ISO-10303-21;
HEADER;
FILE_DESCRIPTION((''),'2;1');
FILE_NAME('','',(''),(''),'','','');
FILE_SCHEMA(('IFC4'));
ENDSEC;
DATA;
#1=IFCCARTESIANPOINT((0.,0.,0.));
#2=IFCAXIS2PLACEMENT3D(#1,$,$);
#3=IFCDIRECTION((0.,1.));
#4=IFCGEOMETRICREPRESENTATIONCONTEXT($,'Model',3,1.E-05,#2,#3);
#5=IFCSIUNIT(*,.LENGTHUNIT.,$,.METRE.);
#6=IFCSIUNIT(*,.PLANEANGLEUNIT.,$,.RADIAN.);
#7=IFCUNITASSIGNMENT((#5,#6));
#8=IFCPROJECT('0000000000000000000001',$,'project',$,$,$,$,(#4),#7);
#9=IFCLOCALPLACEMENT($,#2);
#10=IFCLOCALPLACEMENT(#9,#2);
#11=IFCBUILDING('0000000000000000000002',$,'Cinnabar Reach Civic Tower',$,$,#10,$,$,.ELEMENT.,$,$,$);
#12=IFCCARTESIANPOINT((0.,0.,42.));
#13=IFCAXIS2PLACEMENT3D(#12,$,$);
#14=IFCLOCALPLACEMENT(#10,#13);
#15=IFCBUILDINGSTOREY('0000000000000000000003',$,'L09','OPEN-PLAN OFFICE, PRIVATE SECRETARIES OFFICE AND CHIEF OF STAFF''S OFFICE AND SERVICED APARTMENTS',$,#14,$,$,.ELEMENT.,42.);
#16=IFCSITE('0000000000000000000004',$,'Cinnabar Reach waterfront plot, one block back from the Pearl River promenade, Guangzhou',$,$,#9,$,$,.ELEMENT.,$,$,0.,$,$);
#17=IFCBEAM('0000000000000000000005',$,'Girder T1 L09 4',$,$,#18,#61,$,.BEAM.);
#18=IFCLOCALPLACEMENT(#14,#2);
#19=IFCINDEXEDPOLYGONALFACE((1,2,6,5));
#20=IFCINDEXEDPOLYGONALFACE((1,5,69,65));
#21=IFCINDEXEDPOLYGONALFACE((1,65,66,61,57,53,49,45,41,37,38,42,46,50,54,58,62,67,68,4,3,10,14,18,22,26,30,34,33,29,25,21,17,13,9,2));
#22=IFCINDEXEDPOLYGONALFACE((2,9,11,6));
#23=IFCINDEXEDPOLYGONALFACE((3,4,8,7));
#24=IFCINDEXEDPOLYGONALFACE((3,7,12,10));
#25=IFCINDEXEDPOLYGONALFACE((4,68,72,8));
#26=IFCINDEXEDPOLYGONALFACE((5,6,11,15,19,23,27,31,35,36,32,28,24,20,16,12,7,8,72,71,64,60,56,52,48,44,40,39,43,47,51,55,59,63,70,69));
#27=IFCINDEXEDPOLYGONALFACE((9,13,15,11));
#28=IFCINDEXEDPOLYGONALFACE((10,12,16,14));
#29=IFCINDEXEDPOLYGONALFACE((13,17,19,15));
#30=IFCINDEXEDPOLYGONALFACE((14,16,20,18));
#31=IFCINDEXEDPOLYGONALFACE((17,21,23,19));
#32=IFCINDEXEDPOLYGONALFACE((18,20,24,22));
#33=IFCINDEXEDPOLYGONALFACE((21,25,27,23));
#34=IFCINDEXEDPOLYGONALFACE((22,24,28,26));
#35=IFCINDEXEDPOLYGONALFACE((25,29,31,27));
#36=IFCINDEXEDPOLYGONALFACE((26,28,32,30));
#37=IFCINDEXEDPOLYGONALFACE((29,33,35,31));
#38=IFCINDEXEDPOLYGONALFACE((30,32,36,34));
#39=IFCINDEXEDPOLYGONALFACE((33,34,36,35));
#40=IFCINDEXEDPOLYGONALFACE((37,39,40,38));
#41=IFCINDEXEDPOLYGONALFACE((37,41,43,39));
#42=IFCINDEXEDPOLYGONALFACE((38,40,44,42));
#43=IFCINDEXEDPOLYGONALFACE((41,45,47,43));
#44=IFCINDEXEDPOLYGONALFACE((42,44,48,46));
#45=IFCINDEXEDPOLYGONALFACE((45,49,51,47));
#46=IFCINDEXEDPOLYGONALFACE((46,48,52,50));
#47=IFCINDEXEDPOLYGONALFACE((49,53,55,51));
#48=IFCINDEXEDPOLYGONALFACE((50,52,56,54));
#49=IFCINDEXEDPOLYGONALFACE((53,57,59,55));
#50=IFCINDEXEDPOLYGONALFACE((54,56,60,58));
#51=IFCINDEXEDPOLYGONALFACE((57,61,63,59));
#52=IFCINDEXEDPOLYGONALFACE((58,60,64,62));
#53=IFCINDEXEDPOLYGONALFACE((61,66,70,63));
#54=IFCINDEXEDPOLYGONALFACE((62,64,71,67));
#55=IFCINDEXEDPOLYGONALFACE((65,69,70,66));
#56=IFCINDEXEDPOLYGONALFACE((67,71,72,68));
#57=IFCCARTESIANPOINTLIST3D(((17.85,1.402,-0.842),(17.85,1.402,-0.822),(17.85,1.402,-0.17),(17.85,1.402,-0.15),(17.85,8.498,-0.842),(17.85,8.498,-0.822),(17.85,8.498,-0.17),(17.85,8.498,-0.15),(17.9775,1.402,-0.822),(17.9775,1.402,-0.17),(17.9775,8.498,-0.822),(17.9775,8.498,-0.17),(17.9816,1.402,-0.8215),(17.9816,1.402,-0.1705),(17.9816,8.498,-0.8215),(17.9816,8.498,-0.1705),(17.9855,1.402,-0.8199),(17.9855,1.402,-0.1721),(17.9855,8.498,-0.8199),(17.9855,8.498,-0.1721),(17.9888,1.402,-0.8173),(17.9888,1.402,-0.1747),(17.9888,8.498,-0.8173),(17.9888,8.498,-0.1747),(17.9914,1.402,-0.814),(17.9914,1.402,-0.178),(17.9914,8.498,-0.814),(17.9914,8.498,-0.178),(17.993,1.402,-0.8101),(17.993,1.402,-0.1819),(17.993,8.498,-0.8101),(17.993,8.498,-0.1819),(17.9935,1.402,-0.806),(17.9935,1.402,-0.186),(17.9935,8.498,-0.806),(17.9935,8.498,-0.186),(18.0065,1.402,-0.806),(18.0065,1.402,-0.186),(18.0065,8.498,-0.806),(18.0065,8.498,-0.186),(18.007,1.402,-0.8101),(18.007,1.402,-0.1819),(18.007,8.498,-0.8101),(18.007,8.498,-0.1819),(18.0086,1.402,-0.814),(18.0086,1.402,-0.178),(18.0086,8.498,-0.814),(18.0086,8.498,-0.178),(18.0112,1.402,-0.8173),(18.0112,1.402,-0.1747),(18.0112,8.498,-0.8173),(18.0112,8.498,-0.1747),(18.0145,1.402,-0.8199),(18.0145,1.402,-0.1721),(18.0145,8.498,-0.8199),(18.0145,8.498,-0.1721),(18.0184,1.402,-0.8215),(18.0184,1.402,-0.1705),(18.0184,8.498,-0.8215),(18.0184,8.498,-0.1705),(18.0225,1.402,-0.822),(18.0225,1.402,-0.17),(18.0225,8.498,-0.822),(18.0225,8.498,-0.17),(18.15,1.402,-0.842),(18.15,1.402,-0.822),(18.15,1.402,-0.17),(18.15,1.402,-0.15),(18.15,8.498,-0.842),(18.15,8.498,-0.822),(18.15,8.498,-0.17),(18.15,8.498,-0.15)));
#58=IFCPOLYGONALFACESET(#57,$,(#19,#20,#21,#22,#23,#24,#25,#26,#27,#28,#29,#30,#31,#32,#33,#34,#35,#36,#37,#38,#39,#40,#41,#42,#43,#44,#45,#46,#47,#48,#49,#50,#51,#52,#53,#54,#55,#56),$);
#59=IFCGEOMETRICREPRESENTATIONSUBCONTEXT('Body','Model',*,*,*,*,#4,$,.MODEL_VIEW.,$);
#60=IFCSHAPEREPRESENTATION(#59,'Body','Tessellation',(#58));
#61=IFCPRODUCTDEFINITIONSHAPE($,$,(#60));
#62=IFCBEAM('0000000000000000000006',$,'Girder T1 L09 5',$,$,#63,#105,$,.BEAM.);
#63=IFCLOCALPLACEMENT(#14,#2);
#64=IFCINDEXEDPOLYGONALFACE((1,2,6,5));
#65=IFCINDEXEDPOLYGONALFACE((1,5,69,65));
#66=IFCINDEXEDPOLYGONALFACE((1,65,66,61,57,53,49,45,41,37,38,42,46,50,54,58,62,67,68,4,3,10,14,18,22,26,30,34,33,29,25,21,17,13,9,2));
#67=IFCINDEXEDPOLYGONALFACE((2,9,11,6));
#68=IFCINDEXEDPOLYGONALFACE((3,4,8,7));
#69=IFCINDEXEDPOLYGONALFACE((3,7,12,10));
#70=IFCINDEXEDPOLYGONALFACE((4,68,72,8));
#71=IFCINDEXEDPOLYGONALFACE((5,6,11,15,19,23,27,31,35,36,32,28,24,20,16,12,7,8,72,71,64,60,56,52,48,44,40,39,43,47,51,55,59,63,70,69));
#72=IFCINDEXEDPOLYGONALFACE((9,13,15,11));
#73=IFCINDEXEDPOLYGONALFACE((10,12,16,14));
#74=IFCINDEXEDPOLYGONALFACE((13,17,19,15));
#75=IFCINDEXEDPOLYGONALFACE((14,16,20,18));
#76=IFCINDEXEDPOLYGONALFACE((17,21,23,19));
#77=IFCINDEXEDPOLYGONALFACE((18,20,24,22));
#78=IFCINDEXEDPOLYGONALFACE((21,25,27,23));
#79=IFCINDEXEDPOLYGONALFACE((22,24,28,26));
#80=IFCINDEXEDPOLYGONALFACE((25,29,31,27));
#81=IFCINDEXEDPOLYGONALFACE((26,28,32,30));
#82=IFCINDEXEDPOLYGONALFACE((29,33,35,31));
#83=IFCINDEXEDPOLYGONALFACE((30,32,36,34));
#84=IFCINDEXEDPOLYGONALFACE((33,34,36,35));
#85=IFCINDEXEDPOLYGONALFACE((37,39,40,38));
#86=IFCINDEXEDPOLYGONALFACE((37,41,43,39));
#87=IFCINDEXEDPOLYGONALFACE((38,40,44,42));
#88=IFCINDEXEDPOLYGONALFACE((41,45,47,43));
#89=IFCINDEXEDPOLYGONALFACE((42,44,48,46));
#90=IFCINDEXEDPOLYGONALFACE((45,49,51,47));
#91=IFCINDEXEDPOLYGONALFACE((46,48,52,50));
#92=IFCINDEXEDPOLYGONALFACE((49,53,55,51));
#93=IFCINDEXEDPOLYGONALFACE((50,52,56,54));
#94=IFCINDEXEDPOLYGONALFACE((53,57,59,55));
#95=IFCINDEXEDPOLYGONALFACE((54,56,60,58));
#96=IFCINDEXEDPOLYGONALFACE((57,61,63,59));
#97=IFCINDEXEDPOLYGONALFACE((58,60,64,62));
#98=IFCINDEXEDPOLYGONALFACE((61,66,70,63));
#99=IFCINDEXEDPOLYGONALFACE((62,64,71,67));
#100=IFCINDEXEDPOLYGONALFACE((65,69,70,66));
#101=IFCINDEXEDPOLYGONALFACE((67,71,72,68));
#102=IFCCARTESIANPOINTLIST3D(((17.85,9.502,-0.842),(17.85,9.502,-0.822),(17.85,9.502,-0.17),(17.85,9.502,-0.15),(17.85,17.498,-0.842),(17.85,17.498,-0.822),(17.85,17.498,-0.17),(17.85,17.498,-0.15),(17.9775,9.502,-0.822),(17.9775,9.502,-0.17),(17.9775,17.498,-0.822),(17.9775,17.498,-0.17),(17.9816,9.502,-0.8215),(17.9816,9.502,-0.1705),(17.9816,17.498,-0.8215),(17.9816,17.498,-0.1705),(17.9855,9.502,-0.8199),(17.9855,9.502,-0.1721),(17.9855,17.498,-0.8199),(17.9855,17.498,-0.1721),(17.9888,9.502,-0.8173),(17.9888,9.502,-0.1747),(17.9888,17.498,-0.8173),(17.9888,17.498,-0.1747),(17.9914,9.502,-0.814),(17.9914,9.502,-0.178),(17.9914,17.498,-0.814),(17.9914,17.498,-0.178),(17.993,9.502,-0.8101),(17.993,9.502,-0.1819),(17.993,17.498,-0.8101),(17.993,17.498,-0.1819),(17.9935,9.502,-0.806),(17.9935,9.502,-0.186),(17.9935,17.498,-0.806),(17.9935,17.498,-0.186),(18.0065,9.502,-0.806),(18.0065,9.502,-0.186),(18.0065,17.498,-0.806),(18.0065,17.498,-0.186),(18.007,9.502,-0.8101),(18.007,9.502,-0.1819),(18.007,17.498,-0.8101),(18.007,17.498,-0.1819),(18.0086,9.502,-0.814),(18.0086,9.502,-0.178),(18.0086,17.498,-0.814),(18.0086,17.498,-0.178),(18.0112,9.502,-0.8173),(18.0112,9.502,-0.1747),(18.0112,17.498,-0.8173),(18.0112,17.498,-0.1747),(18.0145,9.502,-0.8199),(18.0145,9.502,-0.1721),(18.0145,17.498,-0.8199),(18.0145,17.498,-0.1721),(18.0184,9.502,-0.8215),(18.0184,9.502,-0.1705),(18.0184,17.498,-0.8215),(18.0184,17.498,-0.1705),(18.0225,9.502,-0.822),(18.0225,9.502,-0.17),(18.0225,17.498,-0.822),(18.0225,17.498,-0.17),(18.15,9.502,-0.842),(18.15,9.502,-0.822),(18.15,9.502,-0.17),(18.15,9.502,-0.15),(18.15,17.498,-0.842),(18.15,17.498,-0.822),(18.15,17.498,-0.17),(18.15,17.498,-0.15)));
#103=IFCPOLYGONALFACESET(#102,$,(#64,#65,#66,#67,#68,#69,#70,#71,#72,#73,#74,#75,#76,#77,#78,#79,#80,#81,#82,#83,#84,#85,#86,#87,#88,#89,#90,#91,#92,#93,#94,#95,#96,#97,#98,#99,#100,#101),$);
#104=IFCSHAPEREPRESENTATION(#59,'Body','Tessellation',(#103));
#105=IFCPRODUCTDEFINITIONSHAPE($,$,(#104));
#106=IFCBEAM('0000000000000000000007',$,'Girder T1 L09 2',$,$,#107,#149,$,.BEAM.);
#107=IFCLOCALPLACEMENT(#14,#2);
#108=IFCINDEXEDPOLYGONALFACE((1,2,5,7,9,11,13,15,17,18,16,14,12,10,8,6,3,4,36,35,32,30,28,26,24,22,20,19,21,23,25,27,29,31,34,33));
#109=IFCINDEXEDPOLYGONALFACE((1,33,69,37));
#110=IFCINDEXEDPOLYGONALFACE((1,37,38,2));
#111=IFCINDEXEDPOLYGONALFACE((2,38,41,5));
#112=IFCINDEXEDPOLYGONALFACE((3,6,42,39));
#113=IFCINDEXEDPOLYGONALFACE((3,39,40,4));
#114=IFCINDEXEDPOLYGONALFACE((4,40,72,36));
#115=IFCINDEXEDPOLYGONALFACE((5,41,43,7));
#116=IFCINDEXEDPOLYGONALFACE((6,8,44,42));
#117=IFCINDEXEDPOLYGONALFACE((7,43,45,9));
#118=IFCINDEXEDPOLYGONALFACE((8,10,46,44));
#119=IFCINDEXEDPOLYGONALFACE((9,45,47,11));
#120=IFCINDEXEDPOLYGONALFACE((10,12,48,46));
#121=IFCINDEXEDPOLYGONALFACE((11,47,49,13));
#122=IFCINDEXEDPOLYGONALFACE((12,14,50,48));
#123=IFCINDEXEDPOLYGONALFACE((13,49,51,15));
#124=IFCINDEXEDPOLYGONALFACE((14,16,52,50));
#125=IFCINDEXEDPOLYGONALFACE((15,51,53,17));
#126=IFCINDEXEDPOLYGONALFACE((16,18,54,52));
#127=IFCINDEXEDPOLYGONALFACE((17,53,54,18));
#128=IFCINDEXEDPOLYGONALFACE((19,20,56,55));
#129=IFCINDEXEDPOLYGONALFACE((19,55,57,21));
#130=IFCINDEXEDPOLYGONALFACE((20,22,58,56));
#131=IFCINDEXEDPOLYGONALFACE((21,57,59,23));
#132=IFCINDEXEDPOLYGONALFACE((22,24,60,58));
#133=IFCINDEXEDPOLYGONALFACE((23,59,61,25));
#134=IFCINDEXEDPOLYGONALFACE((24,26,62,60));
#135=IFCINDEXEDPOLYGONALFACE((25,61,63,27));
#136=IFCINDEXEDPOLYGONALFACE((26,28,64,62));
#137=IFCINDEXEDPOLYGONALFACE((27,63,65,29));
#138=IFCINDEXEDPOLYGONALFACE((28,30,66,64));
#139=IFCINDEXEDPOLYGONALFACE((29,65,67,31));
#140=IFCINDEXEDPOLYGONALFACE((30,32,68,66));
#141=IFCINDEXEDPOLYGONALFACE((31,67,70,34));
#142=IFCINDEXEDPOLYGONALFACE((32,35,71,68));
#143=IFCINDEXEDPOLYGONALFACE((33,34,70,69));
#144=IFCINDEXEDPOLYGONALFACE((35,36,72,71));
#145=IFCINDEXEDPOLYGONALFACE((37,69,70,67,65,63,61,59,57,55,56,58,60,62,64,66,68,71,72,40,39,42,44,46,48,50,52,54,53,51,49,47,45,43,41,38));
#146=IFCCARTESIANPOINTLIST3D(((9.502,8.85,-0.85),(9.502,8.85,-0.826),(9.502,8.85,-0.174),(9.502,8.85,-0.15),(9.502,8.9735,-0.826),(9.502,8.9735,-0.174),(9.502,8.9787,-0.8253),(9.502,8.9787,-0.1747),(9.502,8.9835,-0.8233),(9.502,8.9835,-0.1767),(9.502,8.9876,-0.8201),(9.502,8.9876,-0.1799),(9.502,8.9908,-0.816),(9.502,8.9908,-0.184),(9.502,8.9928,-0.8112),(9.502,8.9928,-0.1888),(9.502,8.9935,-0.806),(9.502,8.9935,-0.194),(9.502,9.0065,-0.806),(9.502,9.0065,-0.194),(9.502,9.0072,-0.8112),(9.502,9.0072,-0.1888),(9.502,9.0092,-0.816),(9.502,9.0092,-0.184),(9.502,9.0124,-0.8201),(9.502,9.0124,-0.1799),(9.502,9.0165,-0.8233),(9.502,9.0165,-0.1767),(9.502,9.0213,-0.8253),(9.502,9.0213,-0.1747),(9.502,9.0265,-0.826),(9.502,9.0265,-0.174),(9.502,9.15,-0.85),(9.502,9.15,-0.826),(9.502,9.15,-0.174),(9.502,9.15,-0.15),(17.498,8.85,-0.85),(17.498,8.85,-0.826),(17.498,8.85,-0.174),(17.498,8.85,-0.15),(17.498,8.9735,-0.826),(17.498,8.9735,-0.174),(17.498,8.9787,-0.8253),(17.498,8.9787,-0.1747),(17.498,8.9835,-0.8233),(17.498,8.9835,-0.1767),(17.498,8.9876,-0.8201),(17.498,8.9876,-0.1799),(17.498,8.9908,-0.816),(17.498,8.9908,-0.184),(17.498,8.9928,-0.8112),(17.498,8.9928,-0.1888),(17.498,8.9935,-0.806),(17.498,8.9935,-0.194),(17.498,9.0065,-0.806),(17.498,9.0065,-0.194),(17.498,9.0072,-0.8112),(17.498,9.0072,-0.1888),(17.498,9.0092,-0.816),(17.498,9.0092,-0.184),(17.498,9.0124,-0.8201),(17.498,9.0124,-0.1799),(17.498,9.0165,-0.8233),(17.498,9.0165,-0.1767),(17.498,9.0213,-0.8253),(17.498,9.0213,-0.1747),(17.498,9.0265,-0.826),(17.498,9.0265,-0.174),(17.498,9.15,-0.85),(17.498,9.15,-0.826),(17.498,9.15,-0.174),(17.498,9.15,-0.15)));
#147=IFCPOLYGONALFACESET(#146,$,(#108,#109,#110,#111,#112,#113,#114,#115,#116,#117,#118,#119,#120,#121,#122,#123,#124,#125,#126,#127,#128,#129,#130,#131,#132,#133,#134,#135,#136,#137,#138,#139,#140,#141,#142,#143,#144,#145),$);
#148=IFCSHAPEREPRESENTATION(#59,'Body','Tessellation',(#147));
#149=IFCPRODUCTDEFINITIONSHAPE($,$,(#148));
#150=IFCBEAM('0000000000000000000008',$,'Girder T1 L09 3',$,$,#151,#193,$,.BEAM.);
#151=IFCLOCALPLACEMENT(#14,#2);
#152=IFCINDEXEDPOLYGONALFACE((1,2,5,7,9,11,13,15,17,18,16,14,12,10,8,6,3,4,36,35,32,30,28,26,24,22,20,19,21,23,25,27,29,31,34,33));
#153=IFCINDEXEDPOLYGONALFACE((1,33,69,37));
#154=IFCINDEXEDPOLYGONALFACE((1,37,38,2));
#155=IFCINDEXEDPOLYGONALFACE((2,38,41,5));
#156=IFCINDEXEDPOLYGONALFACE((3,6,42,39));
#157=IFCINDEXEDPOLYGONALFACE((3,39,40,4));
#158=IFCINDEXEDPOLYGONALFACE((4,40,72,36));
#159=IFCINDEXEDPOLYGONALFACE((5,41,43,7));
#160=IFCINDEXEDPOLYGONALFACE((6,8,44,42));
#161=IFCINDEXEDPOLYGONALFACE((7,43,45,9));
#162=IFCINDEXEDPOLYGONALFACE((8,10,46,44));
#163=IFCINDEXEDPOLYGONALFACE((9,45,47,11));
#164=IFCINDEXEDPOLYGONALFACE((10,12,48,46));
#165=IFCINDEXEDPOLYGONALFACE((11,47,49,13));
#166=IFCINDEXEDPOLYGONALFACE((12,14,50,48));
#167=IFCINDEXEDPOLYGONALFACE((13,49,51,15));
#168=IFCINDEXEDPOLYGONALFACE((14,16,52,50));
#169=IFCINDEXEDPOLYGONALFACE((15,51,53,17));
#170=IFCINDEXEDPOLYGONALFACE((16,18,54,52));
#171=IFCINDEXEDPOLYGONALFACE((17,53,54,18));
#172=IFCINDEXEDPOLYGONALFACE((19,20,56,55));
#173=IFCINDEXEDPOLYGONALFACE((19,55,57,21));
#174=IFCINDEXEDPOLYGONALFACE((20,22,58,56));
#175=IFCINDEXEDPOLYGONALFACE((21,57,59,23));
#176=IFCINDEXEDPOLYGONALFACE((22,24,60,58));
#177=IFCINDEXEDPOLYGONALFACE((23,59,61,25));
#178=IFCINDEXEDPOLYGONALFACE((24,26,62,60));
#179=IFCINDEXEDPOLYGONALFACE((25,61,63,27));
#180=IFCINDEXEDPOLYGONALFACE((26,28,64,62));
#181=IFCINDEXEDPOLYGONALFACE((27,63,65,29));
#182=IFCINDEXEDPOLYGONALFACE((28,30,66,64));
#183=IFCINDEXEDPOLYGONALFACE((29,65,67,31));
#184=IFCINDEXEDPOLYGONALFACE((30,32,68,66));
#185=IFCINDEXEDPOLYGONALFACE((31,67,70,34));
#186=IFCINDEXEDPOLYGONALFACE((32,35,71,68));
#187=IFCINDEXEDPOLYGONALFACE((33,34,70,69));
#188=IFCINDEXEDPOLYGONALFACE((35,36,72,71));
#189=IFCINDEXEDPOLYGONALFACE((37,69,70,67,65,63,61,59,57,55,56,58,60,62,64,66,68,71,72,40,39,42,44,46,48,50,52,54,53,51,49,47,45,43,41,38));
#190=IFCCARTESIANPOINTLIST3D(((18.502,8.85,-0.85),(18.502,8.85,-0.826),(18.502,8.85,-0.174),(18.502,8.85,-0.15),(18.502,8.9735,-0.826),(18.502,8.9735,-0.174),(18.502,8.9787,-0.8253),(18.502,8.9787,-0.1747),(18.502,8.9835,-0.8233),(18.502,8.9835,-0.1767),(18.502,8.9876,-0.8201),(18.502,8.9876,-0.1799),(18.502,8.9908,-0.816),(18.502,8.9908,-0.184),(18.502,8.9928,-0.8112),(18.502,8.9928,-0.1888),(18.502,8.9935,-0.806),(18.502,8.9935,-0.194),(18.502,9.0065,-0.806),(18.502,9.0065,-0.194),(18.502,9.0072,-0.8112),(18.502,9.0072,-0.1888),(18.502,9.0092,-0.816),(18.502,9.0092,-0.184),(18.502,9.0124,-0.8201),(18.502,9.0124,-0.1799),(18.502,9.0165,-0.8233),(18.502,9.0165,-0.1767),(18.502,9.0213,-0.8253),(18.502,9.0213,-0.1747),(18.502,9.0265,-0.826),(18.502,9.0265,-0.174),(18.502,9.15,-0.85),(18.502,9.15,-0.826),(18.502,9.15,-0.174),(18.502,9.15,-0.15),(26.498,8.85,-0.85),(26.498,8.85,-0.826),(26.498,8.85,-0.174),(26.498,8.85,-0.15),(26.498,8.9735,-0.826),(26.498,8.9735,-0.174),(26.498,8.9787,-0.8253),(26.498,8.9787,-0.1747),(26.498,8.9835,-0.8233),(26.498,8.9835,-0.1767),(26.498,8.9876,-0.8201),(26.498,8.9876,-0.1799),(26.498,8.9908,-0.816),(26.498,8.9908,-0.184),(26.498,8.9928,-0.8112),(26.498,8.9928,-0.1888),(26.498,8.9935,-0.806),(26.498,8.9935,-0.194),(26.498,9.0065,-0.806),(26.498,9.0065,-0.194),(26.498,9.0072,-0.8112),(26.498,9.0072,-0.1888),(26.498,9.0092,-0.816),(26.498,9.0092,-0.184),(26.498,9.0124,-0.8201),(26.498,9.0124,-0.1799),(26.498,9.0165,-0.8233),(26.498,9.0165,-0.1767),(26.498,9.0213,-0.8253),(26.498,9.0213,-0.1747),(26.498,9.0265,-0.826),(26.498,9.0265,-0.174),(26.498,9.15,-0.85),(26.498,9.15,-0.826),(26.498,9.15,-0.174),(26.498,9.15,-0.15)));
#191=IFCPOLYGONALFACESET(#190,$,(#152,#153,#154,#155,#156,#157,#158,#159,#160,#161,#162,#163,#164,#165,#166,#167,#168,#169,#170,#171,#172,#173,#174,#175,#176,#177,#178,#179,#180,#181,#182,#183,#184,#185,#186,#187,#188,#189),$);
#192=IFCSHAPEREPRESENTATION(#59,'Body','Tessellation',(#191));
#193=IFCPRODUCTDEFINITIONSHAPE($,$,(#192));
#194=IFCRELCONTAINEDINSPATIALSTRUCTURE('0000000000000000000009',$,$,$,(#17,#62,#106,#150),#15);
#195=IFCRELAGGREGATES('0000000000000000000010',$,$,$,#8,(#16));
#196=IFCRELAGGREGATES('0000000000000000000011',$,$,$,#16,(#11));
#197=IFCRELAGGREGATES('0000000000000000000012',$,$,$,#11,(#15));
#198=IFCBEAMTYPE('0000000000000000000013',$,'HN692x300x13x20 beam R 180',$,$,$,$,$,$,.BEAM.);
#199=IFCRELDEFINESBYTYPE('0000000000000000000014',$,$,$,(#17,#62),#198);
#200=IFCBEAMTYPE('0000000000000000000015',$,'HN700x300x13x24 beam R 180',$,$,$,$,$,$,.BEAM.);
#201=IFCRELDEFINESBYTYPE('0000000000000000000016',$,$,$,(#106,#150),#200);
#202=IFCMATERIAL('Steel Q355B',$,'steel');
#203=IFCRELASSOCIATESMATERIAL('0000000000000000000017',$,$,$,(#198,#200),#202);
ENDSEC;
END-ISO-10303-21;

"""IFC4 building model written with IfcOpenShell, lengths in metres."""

from ifc_helpers import new_model, si_unit, direction, frame, origin, origin_2d, place, context, subcontext, project, spatial, i_section, extrude, material, material_profile, profile_set, type_object, element, save


model = new_model("IFC4")

# Units and contexts
model_context = context("Model", 3, precision=1e-05, world=origin(), true_north=direction((0.0, 1.0)))
body_context = subcontext(model_context, "Body", "Model", "MODEL_VIEW")
ifc_project = project(units=[si_unit("LENGTHUNIT", "METRE"), si_unit("PLANEANGLEUNIT", "RADIAN")], contexts=[model_context])

# Site, building, storey
site_placement = place(None, origin())
site = spatial("IfcSite", under=ifc_project, at=site_placement, Name="Cinnabar Reach waterfront plot, one block back from the Pearl River promenade, Guangzhou", CompositionType="ELEMENT", RefElevation=0.0)
building_placement = place(site_placement, origin())
building = spatial("IfcBuilding", under=site, at=building_placement, Name="Cinnabar Reach Civic Tower", CompositionType="ELEMENT")
storey_placement = place(building_placement, frame((0.0, 0.0, 42.0)))
storey = spatial("IfcBuildingStorey", under=building, at=storey_placement, Name="L09", Description="OPEN-PLAN OFFICE, PRIVATE SECRETARIES OFFICE AND CHIEF OF STAFF'S OFFICE AND SERVICED APARTMENTS", CompositionType="ELEMENT", Elevation=42.0)

# Beams
ifc_material_1 = material(Name="Steel Q355B", Category="steel")
ifc_material_profile_1 = material_profile(ifc_material_1, i_section(OverallWidth=0.3, OverallDepth=0.692, WebThickness=0.013, FlangeThickness=0.02, FilletRadius=0.016, at=origin_2d()), Name="HN692x300x13x20")
ifc_profile_set_1 = profile_set([ifc_material_profile_1], Name="Steel Q355B")
beam_type_1 = type_object("IfcBeamType", Name="HN692x300x13x20 beam R 180", PredefinedType="BEAM", material=ifc_profile_set_1)
beam_1_placement = place(storey_placement, frame((18.0, 1.402, -0.496), z_axis=(0.0, 1.0, 0.0), x_axis=(-1.0, 0.0, 0.0)))
element("IfcBeam", 1, at=beam_1_placement, inside=storey, type_object=beam_type_1, Name="Girder T1 L09 4", PredefinedType="BEAM", context=body_context, shape_type="SweptSolid", body=[
    extrude(i_section(OverallWidth=0.3, OverallDepth=0.692, WebThickness=0.013, FlangeThickness=0.02, FilletRadius=0.016, at=origin_2d()), origin(), (0.0, 0.0, 1.0), 7.096),
])
beam_2_placement = place(storey_placement, frame((18.0, 9.502, -0.496), z_axis=(0.0, 1.0, 0.0), x_axis=(-1.0, 0.0, 0.0)))
element("IfcBeam", 2, at=beam_2_placement, inside=storey, type_object=beam_type_1, Name="Girder T1 L09 5", PredefinedType="BEAM", context=body_context, shape_type="SweptSolid", body=[
    extrude(i_section(OverallWidth=0.3, OverallDepth=0.692, WebThickness=0.013, FlangeThickness=0.02, FilletRadius=0.016, at=origin_2d()), origin(), (0.0, 0.0, 1.0), 7.996),
])
ifc_material_profile_2 = material_profile(ifc_material_1, i_section(OverallWidth=0.3, OverallDepth=0.7, WebThickness=0.013, FlangeThickness=0.024, FilletRadius=0.02, at=origin_2d()), Name="HN700x300x13x24")
ifc_profile_set_2 = profile_set([ifc_material_profile_2], Name="Steel Q355B")
beam_type_2 = type_object("IfcBeamType", Name="HN700x300x13x24 beam R 180", PredefinedType="BEAM", material=ifc_profile_set_2)
for number, where, z_axis, x_axis, name in (
    (3, (9.502, 9.0, -0.5), (1.0, 0.0, 0.0), (0.0, 1.0, 0.0), "Girder T1 L09 2"),
    (4, (18.502, 9.0, -0.5), (1.0, 0.0, 0.0), (0.0, 1.0, 0.0), "Girder T1 L09 3"),
):
    element("IfcBeam", number, at=place(storey_placement, frame(where, z_axis=z_axis, x_axis=x_axis)), inside=storey, type_object=beam_type_2, Name=name, PredefinedType="BEAM", context=body_context, shape_type="SweptSolid", body=[
        extrude(i_section(OverallWidth=0.3, OverallDepth=0.7, WebThickness=0.013, FlangeThickness=0.024, FilletRadius=0.02, at=origin_2d()), origin(), (0.0, 0.0, 1.0), 7.996),
    ])

save(model, "model.ifc")
